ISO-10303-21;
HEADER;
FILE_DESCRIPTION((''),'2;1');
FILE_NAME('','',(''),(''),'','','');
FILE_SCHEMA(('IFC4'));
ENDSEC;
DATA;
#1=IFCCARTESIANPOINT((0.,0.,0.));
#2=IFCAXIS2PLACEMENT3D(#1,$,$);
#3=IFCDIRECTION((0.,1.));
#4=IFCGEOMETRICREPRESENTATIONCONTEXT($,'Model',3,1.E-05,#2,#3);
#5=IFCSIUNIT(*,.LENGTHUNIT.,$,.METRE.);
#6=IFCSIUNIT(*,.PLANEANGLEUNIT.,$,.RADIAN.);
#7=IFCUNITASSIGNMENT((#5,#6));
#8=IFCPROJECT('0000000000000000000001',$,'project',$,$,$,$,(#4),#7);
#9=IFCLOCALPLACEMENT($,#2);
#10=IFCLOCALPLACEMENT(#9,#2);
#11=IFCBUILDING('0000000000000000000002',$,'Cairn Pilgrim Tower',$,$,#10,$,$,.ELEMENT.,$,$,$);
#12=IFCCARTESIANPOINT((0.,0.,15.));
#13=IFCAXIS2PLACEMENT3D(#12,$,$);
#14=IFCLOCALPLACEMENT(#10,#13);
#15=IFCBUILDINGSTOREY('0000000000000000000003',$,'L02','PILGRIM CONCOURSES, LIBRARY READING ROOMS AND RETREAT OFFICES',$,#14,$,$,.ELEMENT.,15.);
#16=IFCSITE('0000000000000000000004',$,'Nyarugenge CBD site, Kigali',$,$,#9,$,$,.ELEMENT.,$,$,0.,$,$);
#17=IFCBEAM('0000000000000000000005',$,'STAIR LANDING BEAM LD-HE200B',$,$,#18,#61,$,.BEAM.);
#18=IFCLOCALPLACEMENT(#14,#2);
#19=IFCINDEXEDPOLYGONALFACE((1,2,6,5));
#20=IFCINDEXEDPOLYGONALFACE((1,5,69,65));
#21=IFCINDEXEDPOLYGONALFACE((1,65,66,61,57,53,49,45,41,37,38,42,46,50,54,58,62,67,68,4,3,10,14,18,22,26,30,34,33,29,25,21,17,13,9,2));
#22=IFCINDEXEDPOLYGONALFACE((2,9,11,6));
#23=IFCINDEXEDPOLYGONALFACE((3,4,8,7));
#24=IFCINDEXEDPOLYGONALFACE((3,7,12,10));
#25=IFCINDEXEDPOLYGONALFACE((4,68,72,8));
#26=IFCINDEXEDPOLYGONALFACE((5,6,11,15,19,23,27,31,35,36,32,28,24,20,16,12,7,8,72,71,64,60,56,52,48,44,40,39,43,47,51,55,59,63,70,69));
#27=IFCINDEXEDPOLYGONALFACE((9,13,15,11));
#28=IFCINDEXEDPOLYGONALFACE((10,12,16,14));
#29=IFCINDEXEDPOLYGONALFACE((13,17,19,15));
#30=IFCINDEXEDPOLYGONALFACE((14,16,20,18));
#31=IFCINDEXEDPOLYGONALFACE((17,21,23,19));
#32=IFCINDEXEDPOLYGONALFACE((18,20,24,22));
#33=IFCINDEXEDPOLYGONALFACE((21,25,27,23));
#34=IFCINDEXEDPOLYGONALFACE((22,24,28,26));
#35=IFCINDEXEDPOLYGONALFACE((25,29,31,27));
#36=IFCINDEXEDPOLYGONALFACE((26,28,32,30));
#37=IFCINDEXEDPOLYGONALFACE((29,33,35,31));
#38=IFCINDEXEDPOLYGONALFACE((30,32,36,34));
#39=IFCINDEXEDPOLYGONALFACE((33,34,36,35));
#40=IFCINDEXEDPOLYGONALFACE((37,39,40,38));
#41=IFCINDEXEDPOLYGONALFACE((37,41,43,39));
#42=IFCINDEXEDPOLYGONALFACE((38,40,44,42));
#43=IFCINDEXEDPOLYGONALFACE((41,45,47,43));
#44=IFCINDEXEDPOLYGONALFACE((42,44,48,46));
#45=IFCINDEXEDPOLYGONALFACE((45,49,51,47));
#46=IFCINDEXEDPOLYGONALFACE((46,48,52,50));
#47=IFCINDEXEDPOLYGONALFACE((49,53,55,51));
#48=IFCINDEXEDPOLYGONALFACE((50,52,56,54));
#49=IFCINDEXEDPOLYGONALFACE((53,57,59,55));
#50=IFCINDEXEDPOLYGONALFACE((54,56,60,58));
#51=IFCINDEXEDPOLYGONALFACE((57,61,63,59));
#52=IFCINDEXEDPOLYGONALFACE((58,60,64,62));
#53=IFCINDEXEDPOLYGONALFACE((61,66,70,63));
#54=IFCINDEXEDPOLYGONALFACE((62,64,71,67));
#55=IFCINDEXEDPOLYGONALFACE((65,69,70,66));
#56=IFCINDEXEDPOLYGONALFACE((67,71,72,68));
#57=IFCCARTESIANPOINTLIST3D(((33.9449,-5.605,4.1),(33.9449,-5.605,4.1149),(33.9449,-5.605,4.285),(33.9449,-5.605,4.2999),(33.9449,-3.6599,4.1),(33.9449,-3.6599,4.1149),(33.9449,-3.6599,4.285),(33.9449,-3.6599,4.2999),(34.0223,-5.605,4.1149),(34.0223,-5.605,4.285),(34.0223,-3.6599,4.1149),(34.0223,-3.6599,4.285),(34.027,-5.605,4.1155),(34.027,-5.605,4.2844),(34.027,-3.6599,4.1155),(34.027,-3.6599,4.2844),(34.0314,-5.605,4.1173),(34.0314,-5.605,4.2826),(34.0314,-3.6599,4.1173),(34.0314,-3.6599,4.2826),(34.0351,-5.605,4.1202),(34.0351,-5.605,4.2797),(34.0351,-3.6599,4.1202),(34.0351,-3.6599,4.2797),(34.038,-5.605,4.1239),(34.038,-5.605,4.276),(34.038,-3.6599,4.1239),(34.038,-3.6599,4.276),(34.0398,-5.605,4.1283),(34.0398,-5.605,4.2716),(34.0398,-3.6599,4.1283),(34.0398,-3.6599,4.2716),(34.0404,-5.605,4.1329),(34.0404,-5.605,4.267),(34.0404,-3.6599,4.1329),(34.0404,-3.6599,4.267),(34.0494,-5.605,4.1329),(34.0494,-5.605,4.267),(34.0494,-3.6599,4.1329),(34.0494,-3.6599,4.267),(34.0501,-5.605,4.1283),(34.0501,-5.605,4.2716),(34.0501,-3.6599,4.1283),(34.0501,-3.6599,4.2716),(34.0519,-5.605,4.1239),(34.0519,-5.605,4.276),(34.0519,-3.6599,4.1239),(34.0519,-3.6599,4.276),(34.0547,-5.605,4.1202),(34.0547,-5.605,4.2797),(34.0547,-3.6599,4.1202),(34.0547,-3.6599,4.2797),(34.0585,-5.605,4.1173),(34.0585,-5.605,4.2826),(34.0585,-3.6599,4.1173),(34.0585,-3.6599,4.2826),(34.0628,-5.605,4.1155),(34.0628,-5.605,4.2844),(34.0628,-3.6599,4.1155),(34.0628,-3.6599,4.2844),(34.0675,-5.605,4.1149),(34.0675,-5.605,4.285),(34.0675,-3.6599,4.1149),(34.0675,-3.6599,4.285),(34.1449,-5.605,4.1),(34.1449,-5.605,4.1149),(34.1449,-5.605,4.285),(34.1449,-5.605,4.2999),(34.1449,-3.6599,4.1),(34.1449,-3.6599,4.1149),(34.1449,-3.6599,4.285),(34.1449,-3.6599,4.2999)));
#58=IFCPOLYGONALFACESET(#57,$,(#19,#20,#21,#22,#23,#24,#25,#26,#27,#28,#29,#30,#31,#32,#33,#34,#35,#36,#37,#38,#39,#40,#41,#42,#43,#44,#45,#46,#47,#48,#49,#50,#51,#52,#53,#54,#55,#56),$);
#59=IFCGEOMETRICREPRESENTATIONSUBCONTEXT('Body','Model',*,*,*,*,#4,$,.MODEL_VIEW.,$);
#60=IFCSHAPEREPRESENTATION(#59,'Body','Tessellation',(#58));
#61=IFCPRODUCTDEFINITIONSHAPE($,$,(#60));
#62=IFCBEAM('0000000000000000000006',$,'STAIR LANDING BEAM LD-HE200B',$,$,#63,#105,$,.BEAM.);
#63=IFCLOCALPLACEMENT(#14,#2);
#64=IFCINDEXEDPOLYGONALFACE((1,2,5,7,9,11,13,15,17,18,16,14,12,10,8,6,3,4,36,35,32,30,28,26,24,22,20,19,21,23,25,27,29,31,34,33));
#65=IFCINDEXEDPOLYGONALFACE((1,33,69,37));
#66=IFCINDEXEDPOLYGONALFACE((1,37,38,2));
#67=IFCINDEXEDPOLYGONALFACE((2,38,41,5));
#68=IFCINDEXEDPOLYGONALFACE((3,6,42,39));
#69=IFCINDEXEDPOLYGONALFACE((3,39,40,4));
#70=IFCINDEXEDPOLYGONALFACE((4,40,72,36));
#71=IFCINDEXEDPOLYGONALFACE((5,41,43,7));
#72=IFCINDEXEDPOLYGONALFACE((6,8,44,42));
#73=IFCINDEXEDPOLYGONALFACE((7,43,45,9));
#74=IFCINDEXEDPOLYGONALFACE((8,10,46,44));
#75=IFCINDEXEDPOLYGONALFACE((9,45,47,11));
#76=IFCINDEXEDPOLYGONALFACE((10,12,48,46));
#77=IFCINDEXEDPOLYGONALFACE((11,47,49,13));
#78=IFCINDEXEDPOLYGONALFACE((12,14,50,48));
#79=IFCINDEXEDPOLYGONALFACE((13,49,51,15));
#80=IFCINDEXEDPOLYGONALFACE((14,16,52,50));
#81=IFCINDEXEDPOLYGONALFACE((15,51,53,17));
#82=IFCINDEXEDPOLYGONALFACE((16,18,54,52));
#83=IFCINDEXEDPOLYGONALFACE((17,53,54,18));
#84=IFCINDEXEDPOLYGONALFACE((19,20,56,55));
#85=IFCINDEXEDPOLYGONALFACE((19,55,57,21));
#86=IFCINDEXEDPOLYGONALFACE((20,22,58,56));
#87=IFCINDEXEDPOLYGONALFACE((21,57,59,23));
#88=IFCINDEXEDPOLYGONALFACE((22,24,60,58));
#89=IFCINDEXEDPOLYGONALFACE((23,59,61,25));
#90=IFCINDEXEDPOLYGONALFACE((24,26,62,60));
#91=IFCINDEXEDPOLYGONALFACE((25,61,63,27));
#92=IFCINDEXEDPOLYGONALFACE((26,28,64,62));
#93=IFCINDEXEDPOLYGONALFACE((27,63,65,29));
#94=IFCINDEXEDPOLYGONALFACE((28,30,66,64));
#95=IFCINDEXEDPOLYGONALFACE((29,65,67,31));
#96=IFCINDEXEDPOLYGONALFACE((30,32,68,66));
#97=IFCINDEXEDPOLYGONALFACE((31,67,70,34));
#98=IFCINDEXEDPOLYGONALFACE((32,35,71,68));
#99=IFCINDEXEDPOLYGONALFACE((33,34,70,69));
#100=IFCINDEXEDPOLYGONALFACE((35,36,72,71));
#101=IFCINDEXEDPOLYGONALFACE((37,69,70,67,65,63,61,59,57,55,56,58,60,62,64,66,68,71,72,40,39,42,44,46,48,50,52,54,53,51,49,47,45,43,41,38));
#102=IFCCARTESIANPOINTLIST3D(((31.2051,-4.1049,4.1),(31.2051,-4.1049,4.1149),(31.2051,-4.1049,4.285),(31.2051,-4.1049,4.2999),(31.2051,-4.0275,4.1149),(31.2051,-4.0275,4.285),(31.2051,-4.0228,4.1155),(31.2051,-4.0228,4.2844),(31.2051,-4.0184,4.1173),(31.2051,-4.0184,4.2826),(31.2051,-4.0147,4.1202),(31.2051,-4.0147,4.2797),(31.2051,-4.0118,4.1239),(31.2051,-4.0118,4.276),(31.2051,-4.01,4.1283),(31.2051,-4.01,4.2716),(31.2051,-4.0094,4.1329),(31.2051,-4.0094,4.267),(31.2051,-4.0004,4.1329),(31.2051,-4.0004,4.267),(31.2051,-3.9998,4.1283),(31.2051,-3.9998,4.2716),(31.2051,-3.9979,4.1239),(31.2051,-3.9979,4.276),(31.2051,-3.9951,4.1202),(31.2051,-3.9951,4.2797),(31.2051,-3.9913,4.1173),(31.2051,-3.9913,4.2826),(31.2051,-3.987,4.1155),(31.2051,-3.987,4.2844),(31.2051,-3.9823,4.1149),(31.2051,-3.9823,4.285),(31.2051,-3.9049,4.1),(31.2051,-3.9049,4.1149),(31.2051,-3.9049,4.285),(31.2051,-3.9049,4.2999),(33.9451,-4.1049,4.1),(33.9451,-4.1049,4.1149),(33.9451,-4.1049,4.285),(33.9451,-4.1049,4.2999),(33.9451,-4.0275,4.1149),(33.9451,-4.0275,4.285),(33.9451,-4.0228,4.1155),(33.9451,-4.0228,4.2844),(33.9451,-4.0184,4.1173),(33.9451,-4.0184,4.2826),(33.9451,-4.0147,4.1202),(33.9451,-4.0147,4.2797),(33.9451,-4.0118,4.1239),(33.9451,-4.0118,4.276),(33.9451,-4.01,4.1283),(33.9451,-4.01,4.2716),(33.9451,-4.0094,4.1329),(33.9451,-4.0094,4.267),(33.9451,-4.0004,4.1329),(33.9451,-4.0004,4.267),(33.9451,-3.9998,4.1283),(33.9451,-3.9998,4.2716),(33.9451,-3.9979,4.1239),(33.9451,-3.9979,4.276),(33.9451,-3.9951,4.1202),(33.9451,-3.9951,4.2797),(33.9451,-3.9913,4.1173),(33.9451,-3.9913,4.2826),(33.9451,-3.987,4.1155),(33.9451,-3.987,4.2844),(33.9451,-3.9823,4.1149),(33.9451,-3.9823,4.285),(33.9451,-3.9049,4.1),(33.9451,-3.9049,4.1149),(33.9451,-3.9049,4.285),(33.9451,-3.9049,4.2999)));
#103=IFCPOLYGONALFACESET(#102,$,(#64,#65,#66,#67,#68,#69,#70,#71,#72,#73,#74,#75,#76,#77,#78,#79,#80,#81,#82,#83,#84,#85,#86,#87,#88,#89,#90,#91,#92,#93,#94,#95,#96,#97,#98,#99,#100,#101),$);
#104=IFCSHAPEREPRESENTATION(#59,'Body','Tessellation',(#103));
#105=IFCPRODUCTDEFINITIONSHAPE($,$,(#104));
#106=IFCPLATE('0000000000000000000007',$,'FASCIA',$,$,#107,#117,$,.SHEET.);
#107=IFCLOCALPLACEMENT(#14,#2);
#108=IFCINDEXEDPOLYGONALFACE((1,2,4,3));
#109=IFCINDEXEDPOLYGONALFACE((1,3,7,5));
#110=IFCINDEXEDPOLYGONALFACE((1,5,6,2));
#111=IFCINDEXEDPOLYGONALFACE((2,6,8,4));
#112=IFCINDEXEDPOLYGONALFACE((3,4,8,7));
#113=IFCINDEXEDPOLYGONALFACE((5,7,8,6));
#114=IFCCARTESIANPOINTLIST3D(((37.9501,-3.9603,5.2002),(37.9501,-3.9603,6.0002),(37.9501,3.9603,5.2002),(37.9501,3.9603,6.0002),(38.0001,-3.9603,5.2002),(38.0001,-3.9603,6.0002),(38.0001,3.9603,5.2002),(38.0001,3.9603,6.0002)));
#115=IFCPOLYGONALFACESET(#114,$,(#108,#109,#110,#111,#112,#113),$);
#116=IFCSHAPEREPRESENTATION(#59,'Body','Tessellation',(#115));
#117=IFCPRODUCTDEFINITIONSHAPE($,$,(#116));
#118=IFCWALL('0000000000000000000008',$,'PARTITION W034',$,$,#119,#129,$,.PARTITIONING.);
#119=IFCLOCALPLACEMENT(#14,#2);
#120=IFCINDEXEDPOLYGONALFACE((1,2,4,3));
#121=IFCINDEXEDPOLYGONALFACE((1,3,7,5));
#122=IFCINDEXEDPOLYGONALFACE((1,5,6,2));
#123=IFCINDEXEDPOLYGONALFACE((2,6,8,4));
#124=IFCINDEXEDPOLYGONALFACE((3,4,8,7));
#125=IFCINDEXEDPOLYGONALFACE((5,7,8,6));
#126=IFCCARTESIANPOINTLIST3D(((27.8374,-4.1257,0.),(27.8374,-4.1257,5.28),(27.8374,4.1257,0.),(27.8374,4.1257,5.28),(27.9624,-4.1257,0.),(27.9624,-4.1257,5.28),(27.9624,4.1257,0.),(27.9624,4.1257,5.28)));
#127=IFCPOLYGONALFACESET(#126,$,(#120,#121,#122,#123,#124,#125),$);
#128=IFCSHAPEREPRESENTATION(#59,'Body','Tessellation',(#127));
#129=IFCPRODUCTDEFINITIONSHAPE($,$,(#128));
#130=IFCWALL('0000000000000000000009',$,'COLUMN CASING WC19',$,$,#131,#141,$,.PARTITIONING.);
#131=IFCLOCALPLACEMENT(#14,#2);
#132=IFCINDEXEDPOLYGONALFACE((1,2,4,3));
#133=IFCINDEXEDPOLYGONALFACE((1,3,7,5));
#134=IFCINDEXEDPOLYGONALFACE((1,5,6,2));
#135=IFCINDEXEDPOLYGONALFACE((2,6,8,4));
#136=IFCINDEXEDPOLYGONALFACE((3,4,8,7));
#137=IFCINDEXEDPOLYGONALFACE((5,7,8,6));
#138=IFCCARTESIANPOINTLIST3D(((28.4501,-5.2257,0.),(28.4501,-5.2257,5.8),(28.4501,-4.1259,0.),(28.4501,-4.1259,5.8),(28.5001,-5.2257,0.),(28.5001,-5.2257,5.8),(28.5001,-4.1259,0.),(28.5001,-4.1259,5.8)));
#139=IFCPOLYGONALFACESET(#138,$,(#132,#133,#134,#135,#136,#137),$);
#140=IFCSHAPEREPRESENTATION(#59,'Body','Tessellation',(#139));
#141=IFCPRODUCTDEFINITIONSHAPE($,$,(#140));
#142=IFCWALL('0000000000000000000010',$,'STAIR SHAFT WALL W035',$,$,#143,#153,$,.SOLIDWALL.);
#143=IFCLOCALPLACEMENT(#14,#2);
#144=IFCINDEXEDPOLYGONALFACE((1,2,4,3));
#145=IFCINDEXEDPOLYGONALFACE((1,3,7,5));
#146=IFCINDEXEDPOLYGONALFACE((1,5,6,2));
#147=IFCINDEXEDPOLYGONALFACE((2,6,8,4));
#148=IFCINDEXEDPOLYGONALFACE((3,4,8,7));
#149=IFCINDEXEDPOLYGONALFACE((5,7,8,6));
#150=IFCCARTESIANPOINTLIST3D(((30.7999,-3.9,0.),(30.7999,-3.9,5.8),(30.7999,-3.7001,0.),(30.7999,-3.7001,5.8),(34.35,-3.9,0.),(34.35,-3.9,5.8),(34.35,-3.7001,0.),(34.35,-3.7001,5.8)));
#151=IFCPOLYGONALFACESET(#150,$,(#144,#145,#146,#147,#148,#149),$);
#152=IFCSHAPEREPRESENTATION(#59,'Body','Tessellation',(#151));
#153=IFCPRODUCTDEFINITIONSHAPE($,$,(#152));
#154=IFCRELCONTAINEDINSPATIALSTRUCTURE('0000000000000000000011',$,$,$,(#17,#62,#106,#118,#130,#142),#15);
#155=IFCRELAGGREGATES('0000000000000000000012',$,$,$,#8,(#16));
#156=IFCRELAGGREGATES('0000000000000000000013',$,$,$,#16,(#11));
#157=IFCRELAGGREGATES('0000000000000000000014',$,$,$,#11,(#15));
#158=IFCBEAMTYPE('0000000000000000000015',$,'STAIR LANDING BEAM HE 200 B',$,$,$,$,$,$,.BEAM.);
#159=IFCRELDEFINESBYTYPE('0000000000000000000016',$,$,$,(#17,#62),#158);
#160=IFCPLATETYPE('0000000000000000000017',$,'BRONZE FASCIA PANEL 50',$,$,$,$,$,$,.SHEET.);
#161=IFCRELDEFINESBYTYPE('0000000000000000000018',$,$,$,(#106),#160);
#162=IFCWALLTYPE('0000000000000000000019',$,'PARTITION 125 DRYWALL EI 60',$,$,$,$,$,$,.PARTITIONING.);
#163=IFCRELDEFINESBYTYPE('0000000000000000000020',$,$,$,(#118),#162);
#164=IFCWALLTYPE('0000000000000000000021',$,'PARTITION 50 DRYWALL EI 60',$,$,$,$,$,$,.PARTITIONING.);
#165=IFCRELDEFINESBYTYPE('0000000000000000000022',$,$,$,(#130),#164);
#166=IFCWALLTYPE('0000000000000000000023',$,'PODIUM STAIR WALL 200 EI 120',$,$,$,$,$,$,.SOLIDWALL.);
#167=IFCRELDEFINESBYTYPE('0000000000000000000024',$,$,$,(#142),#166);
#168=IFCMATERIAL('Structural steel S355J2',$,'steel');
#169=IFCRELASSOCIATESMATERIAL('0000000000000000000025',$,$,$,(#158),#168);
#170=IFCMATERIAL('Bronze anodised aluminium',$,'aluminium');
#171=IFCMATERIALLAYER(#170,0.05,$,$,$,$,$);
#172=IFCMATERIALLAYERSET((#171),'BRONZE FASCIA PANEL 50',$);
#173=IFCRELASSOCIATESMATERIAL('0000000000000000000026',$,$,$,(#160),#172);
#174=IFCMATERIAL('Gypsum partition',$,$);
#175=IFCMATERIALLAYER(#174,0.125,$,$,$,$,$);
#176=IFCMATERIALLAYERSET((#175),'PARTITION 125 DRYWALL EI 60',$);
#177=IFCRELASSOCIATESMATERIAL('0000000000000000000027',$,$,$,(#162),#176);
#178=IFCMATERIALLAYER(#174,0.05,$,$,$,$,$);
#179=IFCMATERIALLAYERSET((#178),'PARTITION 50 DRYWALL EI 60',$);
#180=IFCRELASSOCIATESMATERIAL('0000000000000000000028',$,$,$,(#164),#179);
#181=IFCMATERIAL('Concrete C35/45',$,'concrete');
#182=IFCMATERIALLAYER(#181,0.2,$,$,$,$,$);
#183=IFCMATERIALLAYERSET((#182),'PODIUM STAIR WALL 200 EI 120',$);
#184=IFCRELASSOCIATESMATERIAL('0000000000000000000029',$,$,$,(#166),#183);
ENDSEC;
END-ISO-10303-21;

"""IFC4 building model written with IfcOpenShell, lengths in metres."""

from ifc_helpers import new_model, si_unit, direction, frame, frame_2d, origin, origin_2d, place, context, subcontext, project, spatial, rectangle, i_section, extrude, material, layer, layer_set, material_profile, profile_set, type_object, element, save


model = new_model("IFC4")

# Units and contexts
model_context = context("Model", 3, precision=1e-05, world=origin(), true_north=direction((0.0, 1.0)))
body_context = subcontext(model_context, "Body", "Model", "MODEL_VIEW")
ifc_project = project(units=[si_unit("LENGTHUNIT", "METRE"), si_unit("PLANEANGLEUNIT", "RADIAN")], contexts=[model_context])

# Site, building, storey
site_placement = place(None, origin())
site = spatial("IfcSite", under=ifc_project, at=site_placement, Name="Nyarugenge CBD site, Kigali", CompositionType="ELEMENT", RefElevation=0.0)
building_placement = place(site_placement, origin())
building = spatial("IfcBuilding", under=site, at=building_placement, Name="Cairn Pilgrim Tower", CompositionType="ELEMENT")
storey_placement = place(building_placement, frame((0.0, 0.0, 15.0)))
storey = spatial("IfcBuildingStorey", under=building, at=storey_placement, Name="L02", Description="PILGRIM CONCOURSES, LIBRARY READING ROOMS AND RETREAT OFFICES", CompositionType="ELEMENT", Elevation=15.0)

# Shared definitions
ifc_material_1 = material(Name="Structural steel S355J2", Category="steel")

# Beams
ifc_material_profile_1 = material_profile(ifc_material_1, i_section(OverallWidth=0.2, OverallDepth=0.2, WebThickness=0.009, FlangeThickness=0.0149, FilletRadius=0.0181, at=origin_2d()), Name="HE 200 B")
ifc_profile_set_1 = profile_set([ifc_material_profile_1], Name="Structural steel S355J2")
beam_type_1 = type_object("IfcBeamType", Name="STAIR LANDING BEAM HE 200 B", PredefinedType="BEAM", material=ifc_profile_set_1)
for number, where, z_axis, x_axis, name in (
    (1, (34.0449, -3.6599, 4.2), (0.0, -1.0, 0.0), (1.0, 0.0, 0.0), "STAIR LANDING BEAM LD-HE200B"),
):
    element("IfcBeam", number, at=place(storey_placement, frame(where, z_axis=z_axis, x_axis=x_axis)), inside=storey, type_object=beam_type_1, Name=name, PredefinedType="BEAM", context=body_context, shape_type="SweptSolid", body=[
        extrude(i_section(OverallWidth=0.2, OverallDepth=0.2, WebThickness=0.009, FlangeThickness=0.0149, FilletRadius=0.0181, at=origin_2d()), origin(), (0.0, 0.0, 1.0), 1.9451),
    ])
beam_1_placement = place(storey_placement, frame((31.2051, -4.0049, 4.2), z_axis=(1.0, 0.0, 0.0), x_axis=(0.0, 1.0, 0.0)))
element("IfcBeam", 2, at=beam_1_placement, inside=storey, type_object=beam_type_1, Name="STAIR LANDING BEAM LD-HE200B", PredefinedType="BEAM", context=body_context, shape_type="SweptSolid", body=[
    extrude(i_section(OverallWidth=0.2, OverallDepth=0.2, WebThickness=0.009, FlangeThickness=0.0149, FilletRadius=0.0181, at=origin_2d()), origin(), (0.0, 0.0, 1.0), 2.74),
])

# Plate
ifc_material_2 = material(Name="Bronze anodised aluminium", Category="aluminium")
ifc_layer_1 = layer(ifc_material_2, 0.05)
ifc_layer_set_1 = layer_set([ifc_layer_1], Name="BRONZE FASCIA PANEL 50")
plate_type = type_object("IfcPlateType", Name="BRONZE FASCIA PANEL 50", PredefinedType="SHEET", material=ifc_layer_set_1)
plate_placement = place(storey_placement, frame((37.9751, 0.0, 5.2002), z_axis=(0.0, 0.0, 1.0), x_axis=(0.0, 1.0, 0.0)))
element("IfcPlate", 3, at=plate_placement, inside=storey, type_object=plate_type, Name="FASCIA", PredefinedType="SHEET", context=body_context, shape_type="SweptSolid", body=[
    extrude(rectangle(XDim=7.9207, YDim=0.05, at=origin_2d()), origin(), (0.0, 0.0, 1.0), 0.8),
])

# Walls
ifc_material_3 = material(Name="Gypsum partition")
ifc_layer_2 = layer(ifc_material_3, 0.125)
ifc_layer_set_2 = layer_set([ifc_layer_2], Name="PARTITION 125 DRYWALL EI 60")
wall_type_1 = type_object("IfcWallType", Name="PARTITION 125 DRYWALL EI 60", PredefinedType="PARTITIONING", material=ifc_layer_set_2)
wall_1_placement = place(storey_placement, frame((27.8999, -4.1257, 0.0), z_axis=(0.0, 0.0, 1.0), x_axis=(0.0, 1.0, 0.0)))
element("IfcWall", 4, at=wall_1_placement, inside=storey, type_object=wall_type_1, Name="PARTITION W034", PredefinedType="PARTITIONING", context=body_context, shape_type="SweptSolid", body=[
    extrude(rectangle(XDim=8.2515, YDim=0.125, at=frame_2d((4.1257, 0.0))), origin(), (0.0, 0.0, 1.0), 5.28),
])
ifc_layer_3 = layer(ifc_material_3, 0.05)
ifc_layer_set_3 = layer_set([ifc_layer_3], Name="PARTITION 50 DRYWALL EI 60")
wall_type_2 = type_object("IfcWallType", Name="PARTITION 50 DRYWALL EI 60", PredefinedType="PARTITIONING", material=ifc_layer_set_3)
wall_2_placement = place(storey_placement, frame((28.4751, -5.2256, 0.0), z_axis=(0.0, 0.0, 1.0), x_axis=(0.0, 1.0, 0.0)))
element("IfcWall", 5, at=wall_2_placement, inside=storey, type_object=wall_type_2, Name="COLUMN CASING WC19", PredefinedType="PARTITIONING", context=body_context, shape_type="SweptSolid", body=[
    extrude(rectangle(XDim=1.0999, YDim=0.05, at=frame_2d((0.5498, 0.0))), origin(), (0.0, 0.0, 1.0), 5.8),
])
ifc_material_4 = material(Name="Concrete C35/45", Category="concrete")
ifc_layer_4 = layer(ifc_material_4, 0.2)
ifc_layer_set_4 = layer_set([ifc_layer_4], Name="PODIUM STAIR WALL 200 EI 120")
wall_type_3 = type_object("IfcWallType", Name="PODIUM STAIR WALL 200 EI 120", PredefinedType="SOLIDWALL", material=ifc_layer_set_4)
wall_3_placement = place(storey_placement, frame((30.8, -3.8, 0.0), z_axis=(0.0, 0.0, 1.0), x_axis=(1.0, 0.0, 0.0)))
element("IfcWall", 6, at=wall_3_placement, inside=storey, type_object=wall_type_3, Name="STAIR SHAFT WALL W035", PredefinedType="SOLIDWALL", context=body_context, shape_type="SweptSolid", body=[
    extrude(rectangle(XDim=3.55, YDim=0.2, at=frame_2d((1.7749, 0.0))), origin(), (0.0, 0.0, 1.0), 5.8),
])

save(model, "model.ifc")
